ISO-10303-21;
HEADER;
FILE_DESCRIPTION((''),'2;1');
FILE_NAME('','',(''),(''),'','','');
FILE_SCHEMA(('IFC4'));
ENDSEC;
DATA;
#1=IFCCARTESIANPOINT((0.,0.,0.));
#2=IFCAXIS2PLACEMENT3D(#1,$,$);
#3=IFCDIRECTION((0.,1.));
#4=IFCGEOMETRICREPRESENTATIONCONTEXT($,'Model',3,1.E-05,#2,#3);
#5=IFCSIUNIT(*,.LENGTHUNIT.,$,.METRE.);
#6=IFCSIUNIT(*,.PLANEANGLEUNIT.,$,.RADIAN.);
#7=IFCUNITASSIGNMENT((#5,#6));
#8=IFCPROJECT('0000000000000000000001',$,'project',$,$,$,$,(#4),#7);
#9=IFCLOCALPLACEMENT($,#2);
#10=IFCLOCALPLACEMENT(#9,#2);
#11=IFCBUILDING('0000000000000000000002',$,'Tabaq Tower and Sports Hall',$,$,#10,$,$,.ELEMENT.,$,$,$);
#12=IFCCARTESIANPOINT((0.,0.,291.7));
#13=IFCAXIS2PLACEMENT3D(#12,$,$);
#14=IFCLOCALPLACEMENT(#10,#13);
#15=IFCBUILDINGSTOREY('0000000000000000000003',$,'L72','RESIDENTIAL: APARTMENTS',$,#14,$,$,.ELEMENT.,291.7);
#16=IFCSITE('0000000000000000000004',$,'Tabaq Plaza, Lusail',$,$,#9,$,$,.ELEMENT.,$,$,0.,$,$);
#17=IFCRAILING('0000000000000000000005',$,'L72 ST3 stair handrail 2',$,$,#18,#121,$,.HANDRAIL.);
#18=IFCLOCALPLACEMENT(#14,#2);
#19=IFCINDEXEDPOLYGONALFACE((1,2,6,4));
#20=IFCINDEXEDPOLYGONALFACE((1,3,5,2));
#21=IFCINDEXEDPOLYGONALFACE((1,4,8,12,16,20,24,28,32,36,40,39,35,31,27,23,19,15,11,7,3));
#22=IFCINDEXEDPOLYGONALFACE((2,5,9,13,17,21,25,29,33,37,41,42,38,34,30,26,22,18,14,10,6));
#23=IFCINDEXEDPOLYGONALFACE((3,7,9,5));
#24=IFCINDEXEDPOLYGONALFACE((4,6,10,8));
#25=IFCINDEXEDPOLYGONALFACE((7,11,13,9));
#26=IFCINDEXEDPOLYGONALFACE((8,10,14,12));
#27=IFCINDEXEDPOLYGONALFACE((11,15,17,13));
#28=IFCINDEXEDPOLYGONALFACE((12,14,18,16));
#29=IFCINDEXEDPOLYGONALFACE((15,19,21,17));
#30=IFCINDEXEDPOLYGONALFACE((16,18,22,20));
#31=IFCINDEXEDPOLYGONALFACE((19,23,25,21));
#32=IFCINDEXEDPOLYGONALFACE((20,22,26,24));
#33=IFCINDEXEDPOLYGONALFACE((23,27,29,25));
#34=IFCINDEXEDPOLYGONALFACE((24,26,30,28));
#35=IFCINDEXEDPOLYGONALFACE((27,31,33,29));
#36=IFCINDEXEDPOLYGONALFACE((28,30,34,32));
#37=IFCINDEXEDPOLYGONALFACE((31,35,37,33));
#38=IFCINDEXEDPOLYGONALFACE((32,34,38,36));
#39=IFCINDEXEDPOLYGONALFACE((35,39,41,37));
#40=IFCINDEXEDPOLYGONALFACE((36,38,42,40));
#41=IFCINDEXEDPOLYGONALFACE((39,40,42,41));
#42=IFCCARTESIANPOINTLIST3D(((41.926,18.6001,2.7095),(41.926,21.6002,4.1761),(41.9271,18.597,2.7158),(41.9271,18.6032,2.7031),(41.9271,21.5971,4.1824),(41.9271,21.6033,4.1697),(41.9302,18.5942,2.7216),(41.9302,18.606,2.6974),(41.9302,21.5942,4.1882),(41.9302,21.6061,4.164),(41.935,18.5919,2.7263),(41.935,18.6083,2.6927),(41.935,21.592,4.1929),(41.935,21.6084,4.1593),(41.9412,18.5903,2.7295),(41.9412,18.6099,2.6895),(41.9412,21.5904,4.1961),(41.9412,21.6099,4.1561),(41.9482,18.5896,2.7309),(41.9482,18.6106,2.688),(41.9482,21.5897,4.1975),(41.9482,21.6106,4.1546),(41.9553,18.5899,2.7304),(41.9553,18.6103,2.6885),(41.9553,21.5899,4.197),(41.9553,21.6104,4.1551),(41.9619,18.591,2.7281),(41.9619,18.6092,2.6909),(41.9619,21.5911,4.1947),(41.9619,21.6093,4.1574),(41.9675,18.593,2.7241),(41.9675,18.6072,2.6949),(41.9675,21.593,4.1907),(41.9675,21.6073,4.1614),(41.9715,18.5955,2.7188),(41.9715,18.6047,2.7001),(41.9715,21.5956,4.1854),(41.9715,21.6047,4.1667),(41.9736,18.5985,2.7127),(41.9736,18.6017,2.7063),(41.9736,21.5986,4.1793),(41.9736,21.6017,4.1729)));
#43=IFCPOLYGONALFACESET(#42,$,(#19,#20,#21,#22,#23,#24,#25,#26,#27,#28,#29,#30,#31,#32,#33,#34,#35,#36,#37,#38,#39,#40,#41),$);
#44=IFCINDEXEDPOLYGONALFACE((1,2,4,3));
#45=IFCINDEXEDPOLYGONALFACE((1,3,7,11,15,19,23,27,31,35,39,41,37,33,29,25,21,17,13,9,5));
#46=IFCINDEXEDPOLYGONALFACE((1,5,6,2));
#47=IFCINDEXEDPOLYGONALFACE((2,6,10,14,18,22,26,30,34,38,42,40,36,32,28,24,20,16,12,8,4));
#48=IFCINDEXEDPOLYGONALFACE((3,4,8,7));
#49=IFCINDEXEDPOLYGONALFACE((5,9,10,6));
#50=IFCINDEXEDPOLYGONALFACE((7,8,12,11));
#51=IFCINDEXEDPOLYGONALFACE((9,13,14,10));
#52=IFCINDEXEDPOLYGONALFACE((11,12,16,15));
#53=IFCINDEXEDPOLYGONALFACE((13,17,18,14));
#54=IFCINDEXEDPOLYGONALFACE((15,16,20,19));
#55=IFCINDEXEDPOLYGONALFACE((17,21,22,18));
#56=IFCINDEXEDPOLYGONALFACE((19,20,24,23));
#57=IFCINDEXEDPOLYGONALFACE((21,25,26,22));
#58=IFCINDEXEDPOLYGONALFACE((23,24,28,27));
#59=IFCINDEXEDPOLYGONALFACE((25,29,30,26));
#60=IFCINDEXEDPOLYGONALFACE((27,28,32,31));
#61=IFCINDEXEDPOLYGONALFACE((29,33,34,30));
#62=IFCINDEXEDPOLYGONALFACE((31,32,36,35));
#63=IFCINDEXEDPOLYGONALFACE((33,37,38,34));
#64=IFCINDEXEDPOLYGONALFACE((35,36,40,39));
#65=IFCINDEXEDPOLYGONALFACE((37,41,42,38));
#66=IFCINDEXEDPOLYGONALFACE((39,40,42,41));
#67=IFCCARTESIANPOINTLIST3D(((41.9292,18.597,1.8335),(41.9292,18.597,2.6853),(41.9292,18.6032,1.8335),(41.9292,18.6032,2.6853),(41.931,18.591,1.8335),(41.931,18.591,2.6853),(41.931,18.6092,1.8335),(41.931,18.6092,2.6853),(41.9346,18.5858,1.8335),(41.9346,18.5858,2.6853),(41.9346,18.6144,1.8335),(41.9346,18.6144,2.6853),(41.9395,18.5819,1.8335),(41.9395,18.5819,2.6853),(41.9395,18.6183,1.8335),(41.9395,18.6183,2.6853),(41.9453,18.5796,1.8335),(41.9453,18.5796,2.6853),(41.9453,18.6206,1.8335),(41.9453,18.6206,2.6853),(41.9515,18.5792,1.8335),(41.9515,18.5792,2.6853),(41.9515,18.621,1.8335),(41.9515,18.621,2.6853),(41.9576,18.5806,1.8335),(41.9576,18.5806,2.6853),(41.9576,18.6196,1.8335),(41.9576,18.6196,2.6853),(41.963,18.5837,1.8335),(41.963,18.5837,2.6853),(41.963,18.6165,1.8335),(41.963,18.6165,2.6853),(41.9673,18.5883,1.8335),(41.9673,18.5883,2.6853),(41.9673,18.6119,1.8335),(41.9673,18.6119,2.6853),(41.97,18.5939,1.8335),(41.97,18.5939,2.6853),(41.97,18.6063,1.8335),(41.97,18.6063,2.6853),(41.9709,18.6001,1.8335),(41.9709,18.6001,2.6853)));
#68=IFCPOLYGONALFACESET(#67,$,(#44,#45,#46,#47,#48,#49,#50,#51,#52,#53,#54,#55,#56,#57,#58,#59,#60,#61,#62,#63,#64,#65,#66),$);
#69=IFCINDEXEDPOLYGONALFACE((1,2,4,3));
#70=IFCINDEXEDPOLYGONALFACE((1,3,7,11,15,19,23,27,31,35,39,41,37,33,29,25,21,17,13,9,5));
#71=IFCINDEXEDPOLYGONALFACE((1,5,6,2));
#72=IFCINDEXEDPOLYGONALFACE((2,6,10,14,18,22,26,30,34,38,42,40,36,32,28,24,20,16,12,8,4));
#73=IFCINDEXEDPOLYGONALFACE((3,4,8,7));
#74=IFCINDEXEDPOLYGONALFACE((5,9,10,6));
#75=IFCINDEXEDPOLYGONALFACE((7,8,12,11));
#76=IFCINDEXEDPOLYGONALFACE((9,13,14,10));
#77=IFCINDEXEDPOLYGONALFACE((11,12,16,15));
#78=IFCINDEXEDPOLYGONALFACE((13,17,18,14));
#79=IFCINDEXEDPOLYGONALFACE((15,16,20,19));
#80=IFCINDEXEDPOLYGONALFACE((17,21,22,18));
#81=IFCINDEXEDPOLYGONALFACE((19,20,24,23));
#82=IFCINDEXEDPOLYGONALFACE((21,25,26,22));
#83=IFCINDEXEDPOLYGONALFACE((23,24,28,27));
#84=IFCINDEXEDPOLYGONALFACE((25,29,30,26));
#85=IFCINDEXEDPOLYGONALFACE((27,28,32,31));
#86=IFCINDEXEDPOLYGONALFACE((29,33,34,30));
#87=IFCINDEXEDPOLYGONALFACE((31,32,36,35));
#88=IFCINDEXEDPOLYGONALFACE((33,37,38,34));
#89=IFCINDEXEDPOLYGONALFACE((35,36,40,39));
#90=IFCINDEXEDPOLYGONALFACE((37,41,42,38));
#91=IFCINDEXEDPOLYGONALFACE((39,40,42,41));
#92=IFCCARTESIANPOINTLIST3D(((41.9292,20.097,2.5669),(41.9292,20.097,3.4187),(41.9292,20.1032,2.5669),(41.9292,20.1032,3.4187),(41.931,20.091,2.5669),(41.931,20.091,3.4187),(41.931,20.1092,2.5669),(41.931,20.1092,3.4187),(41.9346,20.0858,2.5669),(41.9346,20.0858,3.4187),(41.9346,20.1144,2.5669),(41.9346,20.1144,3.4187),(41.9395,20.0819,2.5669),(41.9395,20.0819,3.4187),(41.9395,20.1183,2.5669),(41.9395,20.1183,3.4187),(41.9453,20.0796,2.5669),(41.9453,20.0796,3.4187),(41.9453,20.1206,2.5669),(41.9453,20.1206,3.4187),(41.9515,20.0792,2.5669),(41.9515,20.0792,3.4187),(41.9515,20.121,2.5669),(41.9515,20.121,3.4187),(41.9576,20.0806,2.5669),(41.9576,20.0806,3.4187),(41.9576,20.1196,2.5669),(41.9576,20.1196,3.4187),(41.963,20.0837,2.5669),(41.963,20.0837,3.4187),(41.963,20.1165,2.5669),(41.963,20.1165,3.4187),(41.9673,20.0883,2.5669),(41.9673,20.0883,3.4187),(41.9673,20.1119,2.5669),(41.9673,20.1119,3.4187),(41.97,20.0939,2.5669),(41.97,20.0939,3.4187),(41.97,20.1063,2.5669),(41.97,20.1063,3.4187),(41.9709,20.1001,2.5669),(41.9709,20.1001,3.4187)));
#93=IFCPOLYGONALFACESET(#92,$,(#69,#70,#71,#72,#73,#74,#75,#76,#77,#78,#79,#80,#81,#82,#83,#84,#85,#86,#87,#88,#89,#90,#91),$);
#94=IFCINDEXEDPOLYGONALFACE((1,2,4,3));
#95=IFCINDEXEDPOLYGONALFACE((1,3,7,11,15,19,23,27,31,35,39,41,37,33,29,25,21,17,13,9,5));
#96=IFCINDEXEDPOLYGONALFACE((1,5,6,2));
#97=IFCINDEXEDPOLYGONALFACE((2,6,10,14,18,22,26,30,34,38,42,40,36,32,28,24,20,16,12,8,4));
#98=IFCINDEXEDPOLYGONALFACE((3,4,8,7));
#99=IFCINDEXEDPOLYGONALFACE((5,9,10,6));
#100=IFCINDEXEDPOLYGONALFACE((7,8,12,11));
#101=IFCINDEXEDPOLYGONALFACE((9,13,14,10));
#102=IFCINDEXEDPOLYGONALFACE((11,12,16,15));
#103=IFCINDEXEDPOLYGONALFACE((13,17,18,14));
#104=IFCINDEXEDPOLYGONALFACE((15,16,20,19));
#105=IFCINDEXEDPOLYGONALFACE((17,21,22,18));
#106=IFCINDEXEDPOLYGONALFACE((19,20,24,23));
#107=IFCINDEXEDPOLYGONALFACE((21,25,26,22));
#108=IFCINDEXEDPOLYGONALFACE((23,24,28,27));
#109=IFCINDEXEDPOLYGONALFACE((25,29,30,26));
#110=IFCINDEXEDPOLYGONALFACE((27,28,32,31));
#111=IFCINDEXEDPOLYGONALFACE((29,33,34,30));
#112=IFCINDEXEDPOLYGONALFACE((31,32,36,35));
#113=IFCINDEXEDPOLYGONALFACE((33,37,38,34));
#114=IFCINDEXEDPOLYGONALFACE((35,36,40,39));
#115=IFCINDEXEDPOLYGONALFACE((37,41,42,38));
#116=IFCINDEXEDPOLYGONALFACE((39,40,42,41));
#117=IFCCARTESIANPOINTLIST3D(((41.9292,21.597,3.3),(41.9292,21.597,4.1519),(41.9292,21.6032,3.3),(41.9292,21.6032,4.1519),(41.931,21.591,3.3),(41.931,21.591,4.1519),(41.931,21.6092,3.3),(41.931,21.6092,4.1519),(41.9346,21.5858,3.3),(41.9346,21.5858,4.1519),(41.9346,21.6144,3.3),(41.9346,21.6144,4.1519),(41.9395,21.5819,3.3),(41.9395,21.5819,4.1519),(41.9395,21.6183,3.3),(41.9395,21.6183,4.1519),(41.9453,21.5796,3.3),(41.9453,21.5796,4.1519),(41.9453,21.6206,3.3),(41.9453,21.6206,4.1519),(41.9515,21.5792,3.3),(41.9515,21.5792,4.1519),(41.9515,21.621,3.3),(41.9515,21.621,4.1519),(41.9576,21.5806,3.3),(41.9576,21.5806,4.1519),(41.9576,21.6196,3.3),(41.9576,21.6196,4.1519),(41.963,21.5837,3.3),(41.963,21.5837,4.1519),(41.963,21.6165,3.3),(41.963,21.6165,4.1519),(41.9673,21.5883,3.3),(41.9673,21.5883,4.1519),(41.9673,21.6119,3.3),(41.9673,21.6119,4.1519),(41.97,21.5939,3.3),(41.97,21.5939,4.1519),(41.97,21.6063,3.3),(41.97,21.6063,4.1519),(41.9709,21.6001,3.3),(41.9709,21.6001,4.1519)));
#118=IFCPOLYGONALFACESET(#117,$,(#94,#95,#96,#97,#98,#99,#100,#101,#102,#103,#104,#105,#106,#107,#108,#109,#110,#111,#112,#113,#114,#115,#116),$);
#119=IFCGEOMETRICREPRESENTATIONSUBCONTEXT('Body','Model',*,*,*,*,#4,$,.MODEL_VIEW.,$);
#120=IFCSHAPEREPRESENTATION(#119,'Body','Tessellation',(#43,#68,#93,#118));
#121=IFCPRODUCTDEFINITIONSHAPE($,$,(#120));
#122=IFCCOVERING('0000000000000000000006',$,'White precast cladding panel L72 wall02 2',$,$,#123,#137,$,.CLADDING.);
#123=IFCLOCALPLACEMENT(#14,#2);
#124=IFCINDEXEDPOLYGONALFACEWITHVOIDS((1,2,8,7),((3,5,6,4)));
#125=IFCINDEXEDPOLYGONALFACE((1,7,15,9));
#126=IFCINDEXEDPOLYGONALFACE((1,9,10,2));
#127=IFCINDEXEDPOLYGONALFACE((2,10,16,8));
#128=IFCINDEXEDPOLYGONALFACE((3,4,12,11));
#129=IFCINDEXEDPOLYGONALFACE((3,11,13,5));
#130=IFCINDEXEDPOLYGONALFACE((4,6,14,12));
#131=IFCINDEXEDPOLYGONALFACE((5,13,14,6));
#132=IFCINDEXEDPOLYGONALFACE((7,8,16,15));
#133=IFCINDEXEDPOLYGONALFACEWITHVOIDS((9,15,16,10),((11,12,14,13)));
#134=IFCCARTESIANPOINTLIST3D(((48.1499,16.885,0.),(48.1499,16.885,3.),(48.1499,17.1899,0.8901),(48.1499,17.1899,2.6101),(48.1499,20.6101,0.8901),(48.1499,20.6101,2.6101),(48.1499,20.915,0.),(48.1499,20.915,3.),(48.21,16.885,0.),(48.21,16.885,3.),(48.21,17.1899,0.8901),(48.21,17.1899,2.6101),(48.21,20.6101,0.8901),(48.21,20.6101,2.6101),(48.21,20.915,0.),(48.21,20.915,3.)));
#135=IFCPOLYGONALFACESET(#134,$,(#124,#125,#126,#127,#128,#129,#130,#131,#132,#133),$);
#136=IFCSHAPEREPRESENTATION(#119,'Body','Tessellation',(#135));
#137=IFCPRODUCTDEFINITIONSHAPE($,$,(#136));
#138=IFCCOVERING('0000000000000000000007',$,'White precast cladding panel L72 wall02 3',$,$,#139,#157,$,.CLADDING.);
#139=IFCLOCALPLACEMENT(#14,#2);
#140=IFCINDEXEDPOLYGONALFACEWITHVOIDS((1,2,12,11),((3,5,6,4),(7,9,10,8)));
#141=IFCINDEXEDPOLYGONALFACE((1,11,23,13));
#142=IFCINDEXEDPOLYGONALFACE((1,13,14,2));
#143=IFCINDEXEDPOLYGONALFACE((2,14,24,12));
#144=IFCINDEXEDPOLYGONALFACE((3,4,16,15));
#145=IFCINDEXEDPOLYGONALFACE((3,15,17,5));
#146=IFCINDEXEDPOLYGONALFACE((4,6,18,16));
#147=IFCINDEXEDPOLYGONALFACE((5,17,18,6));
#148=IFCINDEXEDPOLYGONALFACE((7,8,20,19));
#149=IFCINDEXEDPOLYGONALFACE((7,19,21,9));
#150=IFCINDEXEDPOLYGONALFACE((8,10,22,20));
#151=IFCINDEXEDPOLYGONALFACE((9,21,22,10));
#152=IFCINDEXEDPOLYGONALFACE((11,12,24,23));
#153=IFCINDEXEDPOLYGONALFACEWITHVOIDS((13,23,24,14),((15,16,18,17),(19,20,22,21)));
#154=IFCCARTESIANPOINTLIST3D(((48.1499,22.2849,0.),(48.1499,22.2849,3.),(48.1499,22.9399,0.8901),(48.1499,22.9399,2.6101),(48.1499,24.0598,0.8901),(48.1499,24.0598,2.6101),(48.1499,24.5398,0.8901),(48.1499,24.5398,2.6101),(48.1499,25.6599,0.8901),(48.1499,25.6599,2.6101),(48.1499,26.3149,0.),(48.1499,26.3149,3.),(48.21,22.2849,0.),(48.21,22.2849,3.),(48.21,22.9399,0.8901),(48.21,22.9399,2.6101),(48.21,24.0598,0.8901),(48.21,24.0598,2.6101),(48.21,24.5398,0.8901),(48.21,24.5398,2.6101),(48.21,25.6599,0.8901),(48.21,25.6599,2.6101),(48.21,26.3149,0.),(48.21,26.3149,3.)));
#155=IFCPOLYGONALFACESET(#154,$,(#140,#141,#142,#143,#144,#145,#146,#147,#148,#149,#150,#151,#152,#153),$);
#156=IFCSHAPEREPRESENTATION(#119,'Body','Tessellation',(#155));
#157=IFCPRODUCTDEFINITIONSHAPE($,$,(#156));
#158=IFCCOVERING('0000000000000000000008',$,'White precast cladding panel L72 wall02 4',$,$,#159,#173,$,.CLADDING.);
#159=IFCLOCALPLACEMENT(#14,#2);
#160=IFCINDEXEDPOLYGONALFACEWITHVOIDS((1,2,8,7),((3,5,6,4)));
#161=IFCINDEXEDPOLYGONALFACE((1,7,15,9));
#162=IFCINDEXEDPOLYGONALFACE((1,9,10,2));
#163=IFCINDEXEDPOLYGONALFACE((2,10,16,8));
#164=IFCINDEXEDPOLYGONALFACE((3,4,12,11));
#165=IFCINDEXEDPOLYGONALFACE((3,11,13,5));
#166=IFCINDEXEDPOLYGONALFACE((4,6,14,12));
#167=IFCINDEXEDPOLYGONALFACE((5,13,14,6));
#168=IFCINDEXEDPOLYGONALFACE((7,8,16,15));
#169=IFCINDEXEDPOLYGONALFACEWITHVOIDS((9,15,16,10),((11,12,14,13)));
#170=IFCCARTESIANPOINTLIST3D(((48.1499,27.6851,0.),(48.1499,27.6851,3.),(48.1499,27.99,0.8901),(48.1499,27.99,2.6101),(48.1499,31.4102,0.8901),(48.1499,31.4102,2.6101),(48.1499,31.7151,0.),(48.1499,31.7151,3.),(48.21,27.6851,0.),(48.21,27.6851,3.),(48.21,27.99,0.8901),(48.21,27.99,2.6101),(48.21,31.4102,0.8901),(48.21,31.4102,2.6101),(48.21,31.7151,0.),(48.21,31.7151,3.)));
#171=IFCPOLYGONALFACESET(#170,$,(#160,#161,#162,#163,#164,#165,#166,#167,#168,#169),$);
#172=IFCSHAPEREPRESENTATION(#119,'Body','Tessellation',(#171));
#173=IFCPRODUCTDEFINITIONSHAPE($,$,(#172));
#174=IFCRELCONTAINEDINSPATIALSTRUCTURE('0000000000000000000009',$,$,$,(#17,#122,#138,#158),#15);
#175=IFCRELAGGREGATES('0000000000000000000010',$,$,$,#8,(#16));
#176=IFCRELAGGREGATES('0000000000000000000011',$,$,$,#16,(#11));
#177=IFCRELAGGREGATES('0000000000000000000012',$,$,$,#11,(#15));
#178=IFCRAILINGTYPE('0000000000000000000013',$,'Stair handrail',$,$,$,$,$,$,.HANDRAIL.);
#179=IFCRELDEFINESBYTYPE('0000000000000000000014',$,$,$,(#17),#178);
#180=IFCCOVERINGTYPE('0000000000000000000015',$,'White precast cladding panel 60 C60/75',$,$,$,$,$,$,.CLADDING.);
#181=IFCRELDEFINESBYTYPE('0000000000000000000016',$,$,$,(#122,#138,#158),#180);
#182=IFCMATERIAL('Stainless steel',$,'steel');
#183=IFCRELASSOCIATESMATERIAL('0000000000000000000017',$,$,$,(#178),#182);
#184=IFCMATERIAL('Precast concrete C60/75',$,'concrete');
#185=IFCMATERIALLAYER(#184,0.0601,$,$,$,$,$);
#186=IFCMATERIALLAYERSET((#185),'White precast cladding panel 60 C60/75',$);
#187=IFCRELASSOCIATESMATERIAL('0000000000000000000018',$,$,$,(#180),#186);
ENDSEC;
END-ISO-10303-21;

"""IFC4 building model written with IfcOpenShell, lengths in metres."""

from ifc_helpers import new_model, si_unit, direction, frame, origin, origin_2d, place, context, subcontext, project, spatial, polyline, circle, outline, extrude, material, layer, layer_set, type_object, element, save


model = new_model("IFC4")

# Units and contexts
model_context = context("Model", 3, precision=1e-05, world=origin(), true_north=direction((0.0, 1.0)))
body_context = subcontext(model_context, "Body", "Model", "MODEL_VIEW")
ifc_project = project(units=[si_unit("LENGTHUNIT", "METRE"), si_unit("PLANEANGLEUNIT", "RADIAN")], contexts=[model_context])

# Site, building, storey
site_placement = place(None, origin())
site = spatial("IfcSite", under=ifc_project, at=site_placement, Name="Tabaq Plaza, Lusail", CompositionType="ELEMENT", RefElevation=0.0)
building_placement = place(site_placement, origin())
building = spatial("IfcBuilding", under=site, at=building_placement, Name="Tabaq Tower and Sports Hall", CompositionType="ELEMENT")
storey_placement = place(building_placement, frame((0.0, 0.0, 291.7)))
storey = spatial("IfcBuildingStorey", under=building, at=storey_placement, Name="L72", Description="RESIDENTIAL: APARTMENTS", CompositionType="ELEMENT", Elevation=291.7)

# Railing
ifc_material_1 = material(Name="Stainless steel", Category="steel")
railing_type_1 = type_object("IfcRailingType", Name="Stair handrail", PredefinedType="HANDRAIL", material=ifc_material_1)
railing_1_placement = place(storey_placement, frame((41.95, 18.6001, 1.8335)))
element("IfcRailing", 1, at=railing_1_placement, inside=storey, type_object=railing_type_1, Name="L72 ST3 stair handrail 2", PredefinedType="HANDRAIL", context=body_context, shape_type="SweptSolid", body=[
    extrude(circle(Radius=0.0239, at=origin_2d()), frame((0.0, 0.0, 0.876), z_axis=(0.0, 0.898398, 0.439183), x_axis=(-1.0, 0.0, 0.0)), (0.0, 0.0, 1.0), 3.3394),
    extrude(circle(Radius=0.021, at=origin_2d()), origin(), (0.0, 0.0, 1.0), 0.8518),
    extrude(circle(Radius=0.021, at=origin_2d()), frame((0.0, 1.5, 0.7334)), (0.0, 0.0, 1.0), 0.8518),
    extrude(circle(Radius=0.021, at=origin_2d()), frame((0.0, 3.0, 1.4666)), (0.0, 0.0, 1.0), 0.8518),
])

# Coverings
ifc_material_2 = material(Name="Precast concrete C60/75", Category="concrete")
ifc_layer_1 = layer(ifc_material_2, 0.0601)
ifc_layer_set_1 = layer_set([ifc_layer_1], Name="White precast cladding panel 60 C60/75")
covering_type_1 = type_object("IfcCoveringType", Name="White precast cladding panel 60 C60/75", PredefinedType="CLADDING", material=ifc_layer_set_1)
covering_1_placement = place(storey_placement, frame((48.1799, 16.885, 0.0), z_axis=(0.0, 0.0, 1.0), x_axis=(0.0, 1.0, 0.0)))
element("IfcCovering", 2, at=covering_1_placement, inside=storey, type_object=covering_type_1, Name="White precast cladding panel L72 wall02 2", PredefinedType="CLADDING", context=body_context, shape_type="SweptSolid", body=[
    extrude(outline(polyline([(0.0, 0.0), (4.03, 0.0), (4.03, 3.0), (0.0, 3.0), (0.0, 0.0)]), holes=[polyline([(0.3049, 0.8901), (0.3049, 2.6101), (3.7251, 2.6101), (3.7251, 0.8901), (0.3049, 0.8901)])]), frame((0.0, 0.03, 0.0), z_axis=(0.0, -1.0, 0.0), x_axis=(1.0, 0.0, 0.0)), (0.0, 0.0, 1.0), 0.0601),
])
covering_2_placement = place(storey_placement, frame((48.1799, 22.2849, 0.0), z_axis=(0.0, 0.0, 1.0), x_axis=(0.0, 1.0, 0.0)))
element("IfcCovering", 3, at=covering_2_placement, inside=storey, type_object=covering_type_1, Name="White precast cladding panel L72 wall02 3", PredefinedType="CLADDING", context=body_context, shape_type="SweptSolid", body=[
    extrude(outline(polyline([(0.0, 0.0), (4.03, 0.0), (4.03, 3.0), (0.0, 3.0), (0.0, 0.0)]), holes=[polyline([(0.655, 2.6101), (1.7749, 2.6101), (1.7749, 0.8901), (0.655, 0.8901), (0.655, 2.6101)]), polyline([(2.2549, 2.6101), (3.375, 2.6101), (3.375, 0.8901), (2.2549, 0.8901), (2.2549, 2.6101)])]), frame((0.0, 0.03, 0.0), z_axis=(0.0, -1.0, 0.0), x_axis=(1.0, 0.0, 0.0)), (0.0, 0.0, 1.0), 0.0601),
])
covering_3_placement = place(storey_placement, frame((48.1799, 27.6851, 0.0), z_axis=(0.0, 0.0, 1.0), x_axis=(0.0, 1.0, 0.0)))
element("IfcCovering", 4, at=covering_3_placement, inside=storey, type_object=covering_type_1, Name="White precast cladding panel L72 wall02 4", PredefinedType="CLADDING", context=body_context, shape_type="SweptSolid", body=[
    extrude(outline(polyline([(0.0, 0.0), (4.03, 0.0), (4.03, 3.0), (0.0, 3.0), (0.0, 0.0)]), holes=[polyline([(0.3049, 0.8901), (0.3049, 2.6101), (3.7251, 2.6101), (3.7251, 0.8901), (0.3049, 0.8901)])]), frame((0.0, 0.03, 0.0), z_axis=(0.0, -1.0, 0.0), x_axis=(1.0, 0.0, 0.0)), (0.0, 0.0, 1.0), 0.0601),
])

save(model, "model.ifc")
